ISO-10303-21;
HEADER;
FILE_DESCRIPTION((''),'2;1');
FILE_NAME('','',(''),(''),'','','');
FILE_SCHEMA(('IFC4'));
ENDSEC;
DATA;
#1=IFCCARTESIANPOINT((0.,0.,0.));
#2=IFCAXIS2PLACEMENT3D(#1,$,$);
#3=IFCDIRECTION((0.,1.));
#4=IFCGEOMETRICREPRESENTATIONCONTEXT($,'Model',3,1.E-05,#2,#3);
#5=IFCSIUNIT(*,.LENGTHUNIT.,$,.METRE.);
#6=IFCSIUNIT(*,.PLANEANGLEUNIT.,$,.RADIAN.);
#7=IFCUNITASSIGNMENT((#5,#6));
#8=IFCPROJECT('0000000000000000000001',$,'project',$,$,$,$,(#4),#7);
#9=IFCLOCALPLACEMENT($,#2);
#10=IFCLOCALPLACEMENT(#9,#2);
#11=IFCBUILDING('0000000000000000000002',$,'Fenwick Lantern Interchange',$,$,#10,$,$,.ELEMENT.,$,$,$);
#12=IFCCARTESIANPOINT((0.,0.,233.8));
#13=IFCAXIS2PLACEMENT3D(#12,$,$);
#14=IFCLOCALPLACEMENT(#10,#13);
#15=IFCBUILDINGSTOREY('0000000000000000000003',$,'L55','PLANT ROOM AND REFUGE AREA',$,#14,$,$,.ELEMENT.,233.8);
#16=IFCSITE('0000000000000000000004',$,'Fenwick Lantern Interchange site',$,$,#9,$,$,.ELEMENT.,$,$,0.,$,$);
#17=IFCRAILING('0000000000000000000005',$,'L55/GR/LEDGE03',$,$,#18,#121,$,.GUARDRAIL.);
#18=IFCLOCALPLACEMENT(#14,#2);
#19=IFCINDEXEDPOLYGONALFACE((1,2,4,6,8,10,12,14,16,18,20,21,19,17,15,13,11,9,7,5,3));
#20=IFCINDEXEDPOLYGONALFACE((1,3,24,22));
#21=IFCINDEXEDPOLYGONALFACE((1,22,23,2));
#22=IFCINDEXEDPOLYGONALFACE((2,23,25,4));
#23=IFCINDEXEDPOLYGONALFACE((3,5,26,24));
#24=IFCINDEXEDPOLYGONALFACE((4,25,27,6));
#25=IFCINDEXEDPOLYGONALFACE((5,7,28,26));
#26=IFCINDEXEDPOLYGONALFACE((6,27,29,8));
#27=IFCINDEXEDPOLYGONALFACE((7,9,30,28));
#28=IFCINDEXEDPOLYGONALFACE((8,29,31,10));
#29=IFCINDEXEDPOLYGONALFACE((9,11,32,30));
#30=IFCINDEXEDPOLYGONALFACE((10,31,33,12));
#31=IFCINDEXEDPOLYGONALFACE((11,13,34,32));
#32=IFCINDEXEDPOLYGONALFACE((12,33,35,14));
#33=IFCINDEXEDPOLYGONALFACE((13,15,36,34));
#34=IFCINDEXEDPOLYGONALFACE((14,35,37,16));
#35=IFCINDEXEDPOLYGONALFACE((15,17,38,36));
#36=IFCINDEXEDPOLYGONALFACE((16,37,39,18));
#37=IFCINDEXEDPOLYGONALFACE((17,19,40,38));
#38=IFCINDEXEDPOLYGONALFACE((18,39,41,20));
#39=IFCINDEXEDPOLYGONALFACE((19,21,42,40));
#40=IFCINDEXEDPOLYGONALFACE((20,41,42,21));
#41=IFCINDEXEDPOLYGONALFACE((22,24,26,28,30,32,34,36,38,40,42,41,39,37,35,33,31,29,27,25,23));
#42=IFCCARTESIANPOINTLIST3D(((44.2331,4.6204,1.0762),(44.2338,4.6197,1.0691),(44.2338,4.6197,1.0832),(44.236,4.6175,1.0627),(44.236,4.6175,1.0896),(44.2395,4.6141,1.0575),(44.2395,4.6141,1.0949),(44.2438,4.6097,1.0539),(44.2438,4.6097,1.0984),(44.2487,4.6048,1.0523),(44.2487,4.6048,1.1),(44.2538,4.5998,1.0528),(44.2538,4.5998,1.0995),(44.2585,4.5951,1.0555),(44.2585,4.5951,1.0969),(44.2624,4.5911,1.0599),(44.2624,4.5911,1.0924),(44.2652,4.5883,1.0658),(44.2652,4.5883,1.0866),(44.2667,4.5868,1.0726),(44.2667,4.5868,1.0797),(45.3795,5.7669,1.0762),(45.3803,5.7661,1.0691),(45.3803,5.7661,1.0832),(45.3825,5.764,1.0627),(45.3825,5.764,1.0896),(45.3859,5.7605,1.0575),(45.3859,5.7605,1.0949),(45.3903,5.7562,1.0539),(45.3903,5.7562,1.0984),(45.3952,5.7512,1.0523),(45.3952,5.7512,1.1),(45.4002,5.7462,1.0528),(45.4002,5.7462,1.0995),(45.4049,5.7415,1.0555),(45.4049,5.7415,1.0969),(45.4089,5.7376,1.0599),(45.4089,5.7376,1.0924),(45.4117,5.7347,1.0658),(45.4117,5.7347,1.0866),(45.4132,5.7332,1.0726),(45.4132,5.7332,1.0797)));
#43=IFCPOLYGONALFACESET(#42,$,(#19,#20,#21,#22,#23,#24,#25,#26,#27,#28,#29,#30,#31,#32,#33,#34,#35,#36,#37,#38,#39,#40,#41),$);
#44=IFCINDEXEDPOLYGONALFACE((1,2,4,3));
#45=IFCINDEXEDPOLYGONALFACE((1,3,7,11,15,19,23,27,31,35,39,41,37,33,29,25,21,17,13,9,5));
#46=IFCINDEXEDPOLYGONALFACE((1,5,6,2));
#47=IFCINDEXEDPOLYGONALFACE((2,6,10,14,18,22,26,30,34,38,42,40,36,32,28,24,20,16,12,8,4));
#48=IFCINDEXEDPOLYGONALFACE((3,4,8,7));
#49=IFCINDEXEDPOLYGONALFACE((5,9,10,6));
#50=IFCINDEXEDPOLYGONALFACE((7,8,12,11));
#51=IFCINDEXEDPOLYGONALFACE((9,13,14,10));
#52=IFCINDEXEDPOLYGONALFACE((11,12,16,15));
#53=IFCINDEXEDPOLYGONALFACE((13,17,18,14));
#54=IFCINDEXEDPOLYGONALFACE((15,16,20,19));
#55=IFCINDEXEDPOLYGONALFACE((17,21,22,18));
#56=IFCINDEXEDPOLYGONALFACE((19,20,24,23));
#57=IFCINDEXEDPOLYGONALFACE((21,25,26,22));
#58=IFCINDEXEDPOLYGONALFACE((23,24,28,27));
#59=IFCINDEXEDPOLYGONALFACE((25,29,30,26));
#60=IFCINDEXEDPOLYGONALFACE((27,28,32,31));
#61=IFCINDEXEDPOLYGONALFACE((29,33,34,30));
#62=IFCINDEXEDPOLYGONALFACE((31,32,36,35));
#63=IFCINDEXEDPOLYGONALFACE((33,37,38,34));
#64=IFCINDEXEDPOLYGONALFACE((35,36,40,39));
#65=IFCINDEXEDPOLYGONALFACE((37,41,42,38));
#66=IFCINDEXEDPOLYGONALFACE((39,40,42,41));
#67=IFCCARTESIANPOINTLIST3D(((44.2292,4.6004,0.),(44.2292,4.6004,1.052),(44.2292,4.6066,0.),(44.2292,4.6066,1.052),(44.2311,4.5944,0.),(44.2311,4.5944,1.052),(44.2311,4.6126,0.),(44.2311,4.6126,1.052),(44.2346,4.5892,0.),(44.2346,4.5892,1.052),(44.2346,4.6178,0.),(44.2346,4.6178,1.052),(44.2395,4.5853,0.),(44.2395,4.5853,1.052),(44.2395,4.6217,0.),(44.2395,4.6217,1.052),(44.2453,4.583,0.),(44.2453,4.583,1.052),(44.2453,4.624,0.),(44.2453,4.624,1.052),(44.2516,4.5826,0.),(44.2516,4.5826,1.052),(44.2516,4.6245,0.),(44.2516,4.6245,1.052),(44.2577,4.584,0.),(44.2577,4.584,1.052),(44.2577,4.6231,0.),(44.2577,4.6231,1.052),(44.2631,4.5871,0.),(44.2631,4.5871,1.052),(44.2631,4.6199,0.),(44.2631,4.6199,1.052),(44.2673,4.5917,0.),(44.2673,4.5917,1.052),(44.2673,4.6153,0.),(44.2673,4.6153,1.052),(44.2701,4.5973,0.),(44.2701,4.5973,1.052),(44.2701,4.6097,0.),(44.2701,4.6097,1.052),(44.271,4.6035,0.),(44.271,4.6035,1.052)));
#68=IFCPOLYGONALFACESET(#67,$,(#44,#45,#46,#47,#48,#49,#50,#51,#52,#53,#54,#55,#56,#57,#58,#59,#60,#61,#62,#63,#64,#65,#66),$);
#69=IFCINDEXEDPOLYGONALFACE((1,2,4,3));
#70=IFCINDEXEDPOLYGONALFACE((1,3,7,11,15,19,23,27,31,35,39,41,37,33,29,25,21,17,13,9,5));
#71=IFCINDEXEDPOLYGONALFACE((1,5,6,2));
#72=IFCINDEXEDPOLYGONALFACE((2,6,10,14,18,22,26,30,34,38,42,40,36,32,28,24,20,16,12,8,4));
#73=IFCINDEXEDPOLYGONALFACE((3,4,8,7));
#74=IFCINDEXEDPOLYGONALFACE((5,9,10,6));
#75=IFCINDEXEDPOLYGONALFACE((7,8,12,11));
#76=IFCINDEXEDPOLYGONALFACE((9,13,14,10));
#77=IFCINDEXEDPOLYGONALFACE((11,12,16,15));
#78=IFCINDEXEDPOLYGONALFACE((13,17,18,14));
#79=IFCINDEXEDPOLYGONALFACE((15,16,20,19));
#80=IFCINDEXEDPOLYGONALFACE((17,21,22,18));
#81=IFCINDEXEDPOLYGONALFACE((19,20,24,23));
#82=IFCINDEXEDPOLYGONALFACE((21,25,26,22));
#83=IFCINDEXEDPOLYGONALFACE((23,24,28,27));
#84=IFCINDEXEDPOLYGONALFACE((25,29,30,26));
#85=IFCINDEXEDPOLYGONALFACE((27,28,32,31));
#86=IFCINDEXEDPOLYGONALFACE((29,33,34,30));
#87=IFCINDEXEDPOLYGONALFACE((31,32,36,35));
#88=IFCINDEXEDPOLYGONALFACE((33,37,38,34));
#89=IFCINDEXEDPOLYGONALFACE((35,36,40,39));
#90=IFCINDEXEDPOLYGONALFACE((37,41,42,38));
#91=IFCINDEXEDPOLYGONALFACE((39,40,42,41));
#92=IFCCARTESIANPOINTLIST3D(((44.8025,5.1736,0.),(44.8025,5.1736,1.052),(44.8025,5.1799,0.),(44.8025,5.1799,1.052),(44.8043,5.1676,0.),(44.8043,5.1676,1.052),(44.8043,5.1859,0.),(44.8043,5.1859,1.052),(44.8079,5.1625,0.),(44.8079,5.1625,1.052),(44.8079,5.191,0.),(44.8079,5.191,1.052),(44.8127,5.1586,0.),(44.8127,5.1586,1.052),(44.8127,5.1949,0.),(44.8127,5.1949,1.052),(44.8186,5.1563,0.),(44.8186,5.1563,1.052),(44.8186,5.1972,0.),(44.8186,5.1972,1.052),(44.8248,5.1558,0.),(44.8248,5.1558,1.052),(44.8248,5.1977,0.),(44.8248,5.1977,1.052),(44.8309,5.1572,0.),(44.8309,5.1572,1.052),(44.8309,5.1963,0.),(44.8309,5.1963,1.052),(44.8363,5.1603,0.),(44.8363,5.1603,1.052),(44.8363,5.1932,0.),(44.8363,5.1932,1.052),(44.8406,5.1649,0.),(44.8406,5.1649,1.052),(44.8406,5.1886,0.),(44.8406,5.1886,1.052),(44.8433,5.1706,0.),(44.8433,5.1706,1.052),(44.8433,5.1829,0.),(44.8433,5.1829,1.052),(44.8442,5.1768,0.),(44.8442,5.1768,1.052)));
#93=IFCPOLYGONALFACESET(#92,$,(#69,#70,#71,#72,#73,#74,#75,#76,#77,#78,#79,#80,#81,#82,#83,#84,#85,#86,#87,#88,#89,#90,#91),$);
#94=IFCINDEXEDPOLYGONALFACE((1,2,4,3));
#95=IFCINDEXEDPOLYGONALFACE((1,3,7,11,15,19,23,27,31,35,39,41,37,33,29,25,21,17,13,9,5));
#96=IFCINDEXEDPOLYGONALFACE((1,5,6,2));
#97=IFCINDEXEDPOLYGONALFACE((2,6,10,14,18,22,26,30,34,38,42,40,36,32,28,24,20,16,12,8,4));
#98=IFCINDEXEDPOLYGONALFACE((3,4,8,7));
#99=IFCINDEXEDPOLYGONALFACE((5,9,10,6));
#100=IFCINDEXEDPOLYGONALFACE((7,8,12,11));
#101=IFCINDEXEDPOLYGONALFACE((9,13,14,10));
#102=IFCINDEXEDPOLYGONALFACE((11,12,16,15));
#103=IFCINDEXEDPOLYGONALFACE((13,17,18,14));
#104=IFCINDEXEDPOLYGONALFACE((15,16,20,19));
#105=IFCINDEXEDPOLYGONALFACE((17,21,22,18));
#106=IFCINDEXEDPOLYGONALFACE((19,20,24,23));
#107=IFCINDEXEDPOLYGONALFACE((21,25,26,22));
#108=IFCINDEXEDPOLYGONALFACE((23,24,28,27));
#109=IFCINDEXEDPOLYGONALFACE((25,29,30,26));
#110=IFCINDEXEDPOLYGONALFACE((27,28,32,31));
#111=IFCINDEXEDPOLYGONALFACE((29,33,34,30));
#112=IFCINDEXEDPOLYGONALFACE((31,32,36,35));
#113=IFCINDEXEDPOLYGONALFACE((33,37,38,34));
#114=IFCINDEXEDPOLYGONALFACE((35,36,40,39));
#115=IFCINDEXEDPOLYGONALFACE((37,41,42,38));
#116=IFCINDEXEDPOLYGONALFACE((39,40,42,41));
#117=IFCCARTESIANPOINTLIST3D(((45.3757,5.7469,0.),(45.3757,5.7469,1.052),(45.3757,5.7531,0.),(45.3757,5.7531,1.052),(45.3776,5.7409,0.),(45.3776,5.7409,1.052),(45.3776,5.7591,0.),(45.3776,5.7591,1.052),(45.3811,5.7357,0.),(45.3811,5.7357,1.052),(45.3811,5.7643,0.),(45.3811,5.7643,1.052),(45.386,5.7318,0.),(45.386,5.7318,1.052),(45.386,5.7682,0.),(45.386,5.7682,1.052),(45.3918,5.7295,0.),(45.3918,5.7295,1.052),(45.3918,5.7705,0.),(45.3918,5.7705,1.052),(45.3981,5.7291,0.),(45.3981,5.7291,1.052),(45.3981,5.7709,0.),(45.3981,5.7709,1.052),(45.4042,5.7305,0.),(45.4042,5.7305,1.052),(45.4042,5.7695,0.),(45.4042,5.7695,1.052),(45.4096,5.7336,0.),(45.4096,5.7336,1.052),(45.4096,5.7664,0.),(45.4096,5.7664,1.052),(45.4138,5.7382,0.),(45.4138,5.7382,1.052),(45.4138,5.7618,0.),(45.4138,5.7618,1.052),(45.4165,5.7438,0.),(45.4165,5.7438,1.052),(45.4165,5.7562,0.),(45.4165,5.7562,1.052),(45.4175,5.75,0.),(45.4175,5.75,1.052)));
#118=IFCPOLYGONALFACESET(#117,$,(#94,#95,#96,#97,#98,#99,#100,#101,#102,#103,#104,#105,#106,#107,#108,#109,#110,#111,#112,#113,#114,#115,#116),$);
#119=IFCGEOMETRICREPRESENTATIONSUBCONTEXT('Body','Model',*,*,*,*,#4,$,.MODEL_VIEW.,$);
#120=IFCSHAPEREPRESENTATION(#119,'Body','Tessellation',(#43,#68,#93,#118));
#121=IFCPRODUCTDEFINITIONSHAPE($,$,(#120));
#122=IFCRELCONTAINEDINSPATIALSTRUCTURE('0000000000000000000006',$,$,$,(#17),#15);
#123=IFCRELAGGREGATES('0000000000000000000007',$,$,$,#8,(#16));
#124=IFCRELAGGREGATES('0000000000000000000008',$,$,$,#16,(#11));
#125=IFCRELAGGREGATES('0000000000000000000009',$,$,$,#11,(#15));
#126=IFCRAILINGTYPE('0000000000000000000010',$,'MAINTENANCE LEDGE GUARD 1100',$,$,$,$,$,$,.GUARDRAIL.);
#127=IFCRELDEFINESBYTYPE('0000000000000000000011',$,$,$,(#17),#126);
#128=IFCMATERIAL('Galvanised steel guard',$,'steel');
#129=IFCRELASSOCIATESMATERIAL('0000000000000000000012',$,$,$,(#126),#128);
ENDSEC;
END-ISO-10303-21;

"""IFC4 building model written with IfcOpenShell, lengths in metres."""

from ifc_helpers import new_model, si_unit, direction, frame, origin, origin_2d, place, context, subcontext, project, spatial, circle, extrude, material, type_object, element, save


model = new_model("IFC4")

# Units and contexts
model_context = context("Model", 3, precision=1e-05, world=origin(), true_north=direction((0.0, 1.0)))
body_context = subcontext(model_context, "Body", "Model", "MODEL_VIEW")
ifc_project = project(units=[si_unit("LENGTHUNIT", "METRE"), si_unit("PLANEANGLEUNIT", "RADIAN")], contexts=[model_context])

# Site, building, storey
site_placement = place(None, origin())
site = spatial("IfcSite", under=ifc_project, at=site_placement, Name="Fenwick Lantern Interchange site", CompositionType="ELEMENT", RefElevation=0.0)
building_placement = place(site_placement, origin())
building = spatial("IfcBuilding", under=site, at=building_placement, Name="Fenwick Lantern Interchange", CompositionType="ELEMENT")
storey_placement = place(building_placement, frame((0.0, 0.0, 233.8)))
storey = spatial("IfcBuildingStorey", under=building, at=storey_placement, Name="L55", Description="PLANT ROOM AND REFUGE AREA", CompositionType="ELEMENT", Elevation=233.8)

# Railing
ifc_material_1 = material(Name="Galvanised steel guard", Category="steel")
railing_type = type_object("IfcRailingType", Name="MAINTENANCE LEDGE GUARD 1100", PredefinedType="GUARDRAIL", material=ifc_material_1)
railing_1_placement = place(storey_placement, frame((44.25, 4.6035, 0.0)))
element("IfcRailing", 1, at=railing_1_placement, inside=storey, type_object=railing_type, Name="L55/GR/LEDGE03", PredefinedType="GUARDRAIL", context=body_context, shape_type="SweptSolid", body=[
    extrude(circle(Radius=0.0239, at=origin_2d()), frame((0.0, 0.0, 1.0762), z_axis=(0.707107, 0.707107, 0.0), x_axis=(-0.707107, 0.707107, 0.0)), (0.0, 0.0, 1.0), 1.6213),
    extrude(circle(Radius=0.021, at=origin_2d()), origin(), (0.0, 0.0, 1.0), 1.052),
    extrude(circle(Radius=0.021, at=origin_2d()), frame((0.5732, 0.5732, 0.0)), (0.0, 0.0, 1.0), 1.052),
    extrude(circle(Radius=0.021, at=origin_2d()), frame((1.1465, 1.1465, 0.0)), (0.0, 0.0, 1.0), 1.052),
])

save(model, "model.ifc")
